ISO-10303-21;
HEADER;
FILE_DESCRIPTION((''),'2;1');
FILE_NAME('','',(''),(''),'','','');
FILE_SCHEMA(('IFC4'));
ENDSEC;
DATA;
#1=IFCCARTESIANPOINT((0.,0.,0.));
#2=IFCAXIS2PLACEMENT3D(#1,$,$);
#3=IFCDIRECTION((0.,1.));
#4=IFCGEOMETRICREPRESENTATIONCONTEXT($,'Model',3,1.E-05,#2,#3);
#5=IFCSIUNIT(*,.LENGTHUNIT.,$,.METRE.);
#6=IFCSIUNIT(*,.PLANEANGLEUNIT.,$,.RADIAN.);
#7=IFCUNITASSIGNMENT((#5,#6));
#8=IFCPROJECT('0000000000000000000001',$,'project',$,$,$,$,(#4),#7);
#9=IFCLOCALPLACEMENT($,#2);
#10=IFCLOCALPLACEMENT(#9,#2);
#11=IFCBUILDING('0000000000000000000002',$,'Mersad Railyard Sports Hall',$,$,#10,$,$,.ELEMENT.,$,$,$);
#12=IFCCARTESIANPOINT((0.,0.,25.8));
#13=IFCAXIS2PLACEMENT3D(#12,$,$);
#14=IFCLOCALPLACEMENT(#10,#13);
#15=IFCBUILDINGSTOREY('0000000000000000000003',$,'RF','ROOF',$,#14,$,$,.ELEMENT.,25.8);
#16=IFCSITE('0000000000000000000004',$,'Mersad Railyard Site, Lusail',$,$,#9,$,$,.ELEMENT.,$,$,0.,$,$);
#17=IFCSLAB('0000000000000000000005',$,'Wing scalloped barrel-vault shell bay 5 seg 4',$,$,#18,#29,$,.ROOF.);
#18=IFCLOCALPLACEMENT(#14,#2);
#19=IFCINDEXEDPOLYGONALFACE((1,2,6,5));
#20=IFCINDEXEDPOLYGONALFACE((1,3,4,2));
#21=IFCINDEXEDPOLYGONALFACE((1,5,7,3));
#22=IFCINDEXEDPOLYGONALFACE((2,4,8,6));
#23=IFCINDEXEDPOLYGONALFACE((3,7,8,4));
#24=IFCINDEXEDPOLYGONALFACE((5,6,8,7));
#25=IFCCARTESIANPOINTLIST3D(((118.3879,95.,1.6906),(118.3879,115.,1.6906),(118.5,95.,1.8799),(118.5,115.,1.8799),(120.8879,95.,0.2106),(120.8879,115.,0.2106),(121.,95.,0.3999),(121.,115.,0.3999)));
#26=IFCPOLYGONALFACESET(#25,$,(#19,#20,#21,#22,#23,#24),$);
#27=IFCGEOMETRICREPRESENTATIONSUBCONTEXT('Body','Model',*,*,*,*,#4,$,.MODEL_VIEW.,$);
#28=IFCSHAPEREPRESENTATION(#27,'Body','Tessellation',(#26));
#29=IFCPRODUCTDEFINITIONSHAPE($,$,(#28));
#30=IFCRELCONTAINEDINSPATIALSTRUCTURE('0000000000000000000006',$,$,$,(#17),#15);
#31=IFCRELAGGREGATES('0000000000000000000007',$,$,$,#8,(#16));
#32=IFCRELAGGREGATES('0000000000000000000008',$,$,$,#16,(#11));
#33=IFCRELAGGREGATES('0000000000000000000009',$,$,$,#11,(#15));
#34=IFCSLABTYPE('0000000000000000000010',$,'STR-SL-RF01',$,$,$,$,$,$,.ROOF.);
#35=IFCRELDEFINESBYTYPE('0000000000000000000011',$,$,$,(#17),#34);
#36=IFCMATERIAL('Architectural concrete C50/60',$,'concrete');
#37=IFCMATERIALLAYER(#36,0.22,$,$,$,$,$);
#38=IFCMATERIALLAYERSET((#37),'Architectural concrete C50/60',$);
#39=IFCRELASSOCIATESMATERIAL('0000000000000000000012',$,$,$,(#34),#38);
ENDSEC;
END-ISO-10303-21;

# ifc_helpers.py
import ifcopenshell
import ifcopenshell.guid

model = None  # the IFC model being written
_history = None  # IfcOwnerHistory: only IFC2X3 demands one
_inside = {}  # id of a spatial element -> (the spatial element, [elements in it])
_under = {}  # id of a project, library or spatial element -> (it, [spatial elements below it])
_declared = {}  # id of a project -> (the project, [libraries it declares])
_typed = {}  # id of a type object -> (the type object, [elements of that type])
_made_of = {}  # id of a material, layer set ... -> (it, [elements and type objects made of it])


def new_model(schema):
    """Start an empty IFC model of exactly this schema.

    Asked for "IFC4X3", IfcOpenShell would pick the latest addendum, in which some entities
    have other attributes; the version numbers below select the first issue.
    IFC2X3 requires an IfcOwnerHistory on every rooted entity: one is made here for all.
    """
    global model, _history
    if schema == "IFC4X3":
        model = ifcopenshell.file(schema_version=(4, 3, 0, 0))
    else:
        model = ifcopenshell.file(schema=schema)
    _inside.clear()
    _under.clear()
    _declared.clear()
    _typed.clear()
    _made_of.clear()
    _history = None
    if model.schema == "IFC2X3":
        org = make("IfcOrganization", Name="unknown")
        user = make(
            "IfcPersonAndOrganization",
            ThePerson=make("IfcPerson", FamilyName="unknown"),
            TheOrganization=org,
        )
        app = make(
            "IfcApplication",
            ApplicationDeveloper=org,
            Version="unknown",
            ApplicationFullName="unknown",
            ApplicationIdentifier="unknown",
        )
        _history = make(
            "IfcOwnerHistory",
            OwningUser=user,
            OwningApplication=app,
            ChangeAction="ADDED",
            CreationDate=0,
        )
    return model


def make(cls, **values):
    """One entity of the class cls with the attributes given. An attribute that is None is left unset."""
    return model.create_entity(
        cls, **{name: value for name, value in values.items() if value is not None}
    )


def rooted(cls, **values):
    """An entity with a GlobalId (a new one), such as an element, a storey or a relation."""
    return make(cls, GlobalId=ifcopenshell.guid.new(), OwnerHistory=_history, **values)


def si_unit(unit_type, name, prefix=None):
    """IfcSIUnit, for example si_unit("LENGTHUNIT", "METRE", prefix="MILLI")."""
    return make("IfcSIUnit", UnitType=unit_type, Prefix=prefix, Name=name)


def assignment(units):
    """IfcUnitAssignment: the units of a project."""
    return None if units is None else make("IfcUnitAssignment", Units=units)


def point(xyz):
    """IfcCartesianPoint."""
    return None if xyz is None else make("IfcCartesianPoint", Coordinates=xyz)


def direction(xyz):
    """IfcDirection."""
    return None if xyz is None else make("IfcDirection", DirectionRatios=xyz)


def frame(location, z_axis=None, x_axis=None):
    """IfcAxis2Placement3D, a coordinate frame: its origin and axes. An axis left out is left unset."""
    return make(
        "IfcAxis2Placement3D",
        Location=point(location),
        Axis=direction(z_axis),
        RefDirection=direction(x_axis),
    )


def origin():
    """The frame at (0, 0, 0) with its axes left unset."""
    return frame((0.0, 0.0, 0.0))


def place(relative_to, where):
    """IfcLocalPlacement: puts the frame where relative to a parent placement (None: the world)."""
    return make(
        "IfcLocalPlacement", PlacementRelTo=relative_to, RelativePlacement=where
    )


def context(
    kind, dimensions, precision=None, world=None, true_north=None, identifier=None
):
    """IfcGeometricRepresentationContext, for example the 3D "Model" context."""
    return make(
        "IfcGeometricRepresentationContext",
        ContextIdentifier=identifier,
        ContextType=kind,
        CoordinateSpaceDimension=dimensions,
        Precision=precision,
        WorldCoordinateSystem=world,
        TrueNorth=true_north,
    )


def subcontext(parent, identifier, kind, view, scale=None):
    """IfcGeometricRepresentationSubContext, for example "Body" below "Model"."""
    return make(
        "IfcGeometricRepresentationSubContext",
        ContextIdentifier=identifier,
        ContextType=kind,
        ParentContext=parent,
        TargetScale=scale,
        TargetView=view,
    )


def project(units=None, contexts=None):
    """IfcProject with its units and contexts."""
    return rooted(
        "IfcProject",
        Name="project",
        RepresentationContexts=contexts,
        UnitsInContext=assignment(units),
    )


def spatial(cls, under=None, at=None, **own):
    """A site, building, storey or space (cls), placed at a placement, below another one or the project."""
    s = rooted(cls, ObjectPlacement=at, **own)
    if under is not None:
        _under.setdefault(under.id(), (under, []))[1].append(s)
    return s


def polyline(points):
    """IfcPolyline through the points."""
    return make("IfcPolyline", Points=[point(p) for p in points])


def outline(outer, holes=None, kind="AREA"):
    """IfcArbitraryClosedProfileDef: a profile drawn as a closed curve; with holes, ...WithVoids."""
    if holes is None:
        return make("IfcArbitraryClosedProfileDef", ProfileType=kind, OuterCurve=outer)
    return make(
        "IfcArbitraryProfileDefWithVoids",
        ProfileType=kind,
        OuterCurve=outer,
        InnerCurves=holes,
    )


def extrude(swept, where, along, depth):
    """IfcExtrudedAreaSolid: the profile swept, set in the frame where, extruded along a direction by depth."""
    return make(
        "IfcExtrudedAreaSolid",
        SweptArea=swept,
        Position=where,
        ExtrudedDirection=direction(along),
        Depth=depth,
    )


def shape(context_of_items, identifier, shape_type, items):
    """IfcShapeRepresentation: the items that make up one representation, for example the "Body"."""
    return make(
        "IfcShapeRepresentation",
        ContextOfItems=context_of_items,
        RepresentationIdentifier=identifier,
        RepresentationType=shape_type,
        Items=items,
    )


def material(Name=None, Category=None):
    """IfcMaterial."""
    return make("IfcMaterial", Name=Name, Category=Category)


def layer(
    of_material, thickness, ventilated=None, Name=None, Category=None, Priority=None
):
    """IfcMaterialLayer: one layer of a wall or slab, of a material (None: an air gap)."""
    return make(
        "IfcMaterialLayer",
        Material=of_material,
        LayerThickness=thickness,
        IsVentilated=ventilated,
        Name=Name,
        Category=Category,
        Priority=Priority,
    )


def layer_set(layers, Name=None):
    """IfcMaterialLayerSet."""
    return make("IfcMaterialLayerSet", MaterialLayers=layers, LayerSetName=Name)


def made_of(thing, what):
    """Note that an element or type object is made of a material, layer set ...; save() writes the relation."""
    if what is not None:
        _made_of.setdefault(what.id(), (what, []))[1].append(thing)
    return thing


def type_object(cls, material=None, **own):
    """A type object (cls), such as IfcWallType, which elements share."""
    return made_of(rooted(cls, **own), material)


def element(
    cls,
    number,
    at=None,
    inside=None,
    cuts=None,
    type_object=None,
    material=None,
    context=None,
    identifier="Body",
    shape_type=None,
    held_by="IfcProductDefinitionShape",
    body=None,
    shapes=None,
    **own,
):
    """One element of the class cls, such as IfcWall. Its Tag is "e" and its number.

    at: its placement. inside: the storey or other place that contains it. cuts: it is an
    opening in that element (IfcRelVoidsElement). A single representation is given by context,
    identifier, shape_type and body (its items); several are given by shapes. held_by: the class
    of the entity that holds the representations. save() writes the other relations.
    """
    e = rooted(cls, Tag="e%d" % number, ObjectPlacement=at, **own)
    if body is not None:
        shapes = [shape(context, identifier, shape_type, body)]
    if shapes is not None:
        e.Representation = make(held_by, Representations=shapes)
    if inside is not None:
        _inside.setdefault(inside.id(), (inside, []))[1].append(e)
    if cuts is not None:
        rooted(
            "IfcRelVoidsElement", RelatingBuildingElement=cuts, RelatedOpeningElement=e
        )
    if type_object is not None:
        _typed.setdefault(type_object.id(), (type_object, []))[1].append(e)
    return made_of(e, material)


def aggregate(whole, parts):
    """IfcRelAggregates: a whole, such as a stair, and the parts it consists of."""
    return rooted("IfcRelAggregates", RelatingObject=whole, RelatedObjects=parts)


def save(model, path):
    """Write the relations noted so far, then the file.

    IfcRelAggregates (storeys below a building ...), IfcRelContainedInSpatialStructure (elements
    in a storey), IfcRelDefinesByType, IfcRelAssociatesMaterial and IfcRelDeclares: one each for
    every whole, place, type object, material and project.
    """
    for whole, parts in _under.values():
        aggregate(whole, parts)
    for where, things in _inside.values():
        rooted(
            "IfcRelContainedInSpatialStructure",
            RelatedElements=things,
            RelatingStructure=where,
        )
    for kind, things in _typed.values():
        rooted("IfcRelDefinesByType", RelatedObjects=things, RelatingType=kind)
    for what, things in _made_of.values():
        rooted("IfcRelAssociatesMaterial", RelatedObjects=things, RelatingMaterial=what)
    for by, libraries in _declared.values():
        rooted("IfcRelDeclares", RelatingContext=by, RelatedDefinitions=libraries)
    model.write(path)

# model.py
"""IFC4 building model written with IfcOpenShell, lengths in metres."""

from ifc_helpers import new_model, si_unit, direction, frame, origin, place, context, subcontext, project, spatial, polyline, outline, extrude, material, layer, layer_set, type_object, element, save


model = new_model("IFC4")

# Units and contexts
model_context = context("Model", 3, precision=1e-05, world=origin(), true_north=direction((0.0, 1.0)))
body_context = subcontext(model_context, "Body", "Model", "MODEL_VIEW")
ifc_project = project(units=[si_unit("LENGTHUNIT", "METRE"), si_unit("PLANEANGLEUNIT", "RADIAN")], contexts=[model_context])

# Site, building, storey
site_placement = place(None, origin())
site = spatial("IfcSite", under=ifc_project, at=site_placement, Name="Mersad Railyard Site, Lusail", CompositionType="ELEMENT", RefElevation=0.0)
building_placement = place(site_placement, origin())
building = spatial("IfcBuilding", under=site, at=building_placement, Name="Mersad Railyard Sports Hall", CompositionType="ELEMENT")
storey_placement = place(building_placement, frame((0.0, 0.0, 25.8)))
storey = spatial("IfcBuildingStorey", under=building, at=storey_placement, Name="RF", Description="ROOF", CompositionType="ELEMENT", Elevation=25.8)

# Shared definitions
ifc_material_1 = material(Name="Architectural concrete C50/60", Category="concrete")

# Slab
ifc_layer_1 = layer(ifc_material_1, 0.22)
ifc_layer_set_1 = layer_set([ifc_layer_1], Name="Architectural concrete C50/60")
slab_type = type_object("IfcSlabType", Name="STR-SL-RF01", PredefinedType="ROOF", material=ifc_layer_set_1)
slab_placement = place(storey_placement, frame((118.5, 95.0, 1.8799), z_axis=(0.50942, 0.0, 0.860518), x_axis=(0.860518, 0.0, -0.50942)))
element("IfcSlab", 1, at=slab_placement, inside=storey, type_object=slab_type, Name="Wing scalloped barrel-vault shell bay 5 seg 4", PredefinedType="ROOF", context=body_context, shape_type="SweptSolid", body=[
    extrude(outline(polyline([(0.0, 0.0), (2.9052, 0.0), (2.9052, 20.0), (0.0, 20.0), (0.0, 0.0)])), origin(), (0.0, 0.0, -1.0), 0.22),
])

save(model, "model.ifc")
